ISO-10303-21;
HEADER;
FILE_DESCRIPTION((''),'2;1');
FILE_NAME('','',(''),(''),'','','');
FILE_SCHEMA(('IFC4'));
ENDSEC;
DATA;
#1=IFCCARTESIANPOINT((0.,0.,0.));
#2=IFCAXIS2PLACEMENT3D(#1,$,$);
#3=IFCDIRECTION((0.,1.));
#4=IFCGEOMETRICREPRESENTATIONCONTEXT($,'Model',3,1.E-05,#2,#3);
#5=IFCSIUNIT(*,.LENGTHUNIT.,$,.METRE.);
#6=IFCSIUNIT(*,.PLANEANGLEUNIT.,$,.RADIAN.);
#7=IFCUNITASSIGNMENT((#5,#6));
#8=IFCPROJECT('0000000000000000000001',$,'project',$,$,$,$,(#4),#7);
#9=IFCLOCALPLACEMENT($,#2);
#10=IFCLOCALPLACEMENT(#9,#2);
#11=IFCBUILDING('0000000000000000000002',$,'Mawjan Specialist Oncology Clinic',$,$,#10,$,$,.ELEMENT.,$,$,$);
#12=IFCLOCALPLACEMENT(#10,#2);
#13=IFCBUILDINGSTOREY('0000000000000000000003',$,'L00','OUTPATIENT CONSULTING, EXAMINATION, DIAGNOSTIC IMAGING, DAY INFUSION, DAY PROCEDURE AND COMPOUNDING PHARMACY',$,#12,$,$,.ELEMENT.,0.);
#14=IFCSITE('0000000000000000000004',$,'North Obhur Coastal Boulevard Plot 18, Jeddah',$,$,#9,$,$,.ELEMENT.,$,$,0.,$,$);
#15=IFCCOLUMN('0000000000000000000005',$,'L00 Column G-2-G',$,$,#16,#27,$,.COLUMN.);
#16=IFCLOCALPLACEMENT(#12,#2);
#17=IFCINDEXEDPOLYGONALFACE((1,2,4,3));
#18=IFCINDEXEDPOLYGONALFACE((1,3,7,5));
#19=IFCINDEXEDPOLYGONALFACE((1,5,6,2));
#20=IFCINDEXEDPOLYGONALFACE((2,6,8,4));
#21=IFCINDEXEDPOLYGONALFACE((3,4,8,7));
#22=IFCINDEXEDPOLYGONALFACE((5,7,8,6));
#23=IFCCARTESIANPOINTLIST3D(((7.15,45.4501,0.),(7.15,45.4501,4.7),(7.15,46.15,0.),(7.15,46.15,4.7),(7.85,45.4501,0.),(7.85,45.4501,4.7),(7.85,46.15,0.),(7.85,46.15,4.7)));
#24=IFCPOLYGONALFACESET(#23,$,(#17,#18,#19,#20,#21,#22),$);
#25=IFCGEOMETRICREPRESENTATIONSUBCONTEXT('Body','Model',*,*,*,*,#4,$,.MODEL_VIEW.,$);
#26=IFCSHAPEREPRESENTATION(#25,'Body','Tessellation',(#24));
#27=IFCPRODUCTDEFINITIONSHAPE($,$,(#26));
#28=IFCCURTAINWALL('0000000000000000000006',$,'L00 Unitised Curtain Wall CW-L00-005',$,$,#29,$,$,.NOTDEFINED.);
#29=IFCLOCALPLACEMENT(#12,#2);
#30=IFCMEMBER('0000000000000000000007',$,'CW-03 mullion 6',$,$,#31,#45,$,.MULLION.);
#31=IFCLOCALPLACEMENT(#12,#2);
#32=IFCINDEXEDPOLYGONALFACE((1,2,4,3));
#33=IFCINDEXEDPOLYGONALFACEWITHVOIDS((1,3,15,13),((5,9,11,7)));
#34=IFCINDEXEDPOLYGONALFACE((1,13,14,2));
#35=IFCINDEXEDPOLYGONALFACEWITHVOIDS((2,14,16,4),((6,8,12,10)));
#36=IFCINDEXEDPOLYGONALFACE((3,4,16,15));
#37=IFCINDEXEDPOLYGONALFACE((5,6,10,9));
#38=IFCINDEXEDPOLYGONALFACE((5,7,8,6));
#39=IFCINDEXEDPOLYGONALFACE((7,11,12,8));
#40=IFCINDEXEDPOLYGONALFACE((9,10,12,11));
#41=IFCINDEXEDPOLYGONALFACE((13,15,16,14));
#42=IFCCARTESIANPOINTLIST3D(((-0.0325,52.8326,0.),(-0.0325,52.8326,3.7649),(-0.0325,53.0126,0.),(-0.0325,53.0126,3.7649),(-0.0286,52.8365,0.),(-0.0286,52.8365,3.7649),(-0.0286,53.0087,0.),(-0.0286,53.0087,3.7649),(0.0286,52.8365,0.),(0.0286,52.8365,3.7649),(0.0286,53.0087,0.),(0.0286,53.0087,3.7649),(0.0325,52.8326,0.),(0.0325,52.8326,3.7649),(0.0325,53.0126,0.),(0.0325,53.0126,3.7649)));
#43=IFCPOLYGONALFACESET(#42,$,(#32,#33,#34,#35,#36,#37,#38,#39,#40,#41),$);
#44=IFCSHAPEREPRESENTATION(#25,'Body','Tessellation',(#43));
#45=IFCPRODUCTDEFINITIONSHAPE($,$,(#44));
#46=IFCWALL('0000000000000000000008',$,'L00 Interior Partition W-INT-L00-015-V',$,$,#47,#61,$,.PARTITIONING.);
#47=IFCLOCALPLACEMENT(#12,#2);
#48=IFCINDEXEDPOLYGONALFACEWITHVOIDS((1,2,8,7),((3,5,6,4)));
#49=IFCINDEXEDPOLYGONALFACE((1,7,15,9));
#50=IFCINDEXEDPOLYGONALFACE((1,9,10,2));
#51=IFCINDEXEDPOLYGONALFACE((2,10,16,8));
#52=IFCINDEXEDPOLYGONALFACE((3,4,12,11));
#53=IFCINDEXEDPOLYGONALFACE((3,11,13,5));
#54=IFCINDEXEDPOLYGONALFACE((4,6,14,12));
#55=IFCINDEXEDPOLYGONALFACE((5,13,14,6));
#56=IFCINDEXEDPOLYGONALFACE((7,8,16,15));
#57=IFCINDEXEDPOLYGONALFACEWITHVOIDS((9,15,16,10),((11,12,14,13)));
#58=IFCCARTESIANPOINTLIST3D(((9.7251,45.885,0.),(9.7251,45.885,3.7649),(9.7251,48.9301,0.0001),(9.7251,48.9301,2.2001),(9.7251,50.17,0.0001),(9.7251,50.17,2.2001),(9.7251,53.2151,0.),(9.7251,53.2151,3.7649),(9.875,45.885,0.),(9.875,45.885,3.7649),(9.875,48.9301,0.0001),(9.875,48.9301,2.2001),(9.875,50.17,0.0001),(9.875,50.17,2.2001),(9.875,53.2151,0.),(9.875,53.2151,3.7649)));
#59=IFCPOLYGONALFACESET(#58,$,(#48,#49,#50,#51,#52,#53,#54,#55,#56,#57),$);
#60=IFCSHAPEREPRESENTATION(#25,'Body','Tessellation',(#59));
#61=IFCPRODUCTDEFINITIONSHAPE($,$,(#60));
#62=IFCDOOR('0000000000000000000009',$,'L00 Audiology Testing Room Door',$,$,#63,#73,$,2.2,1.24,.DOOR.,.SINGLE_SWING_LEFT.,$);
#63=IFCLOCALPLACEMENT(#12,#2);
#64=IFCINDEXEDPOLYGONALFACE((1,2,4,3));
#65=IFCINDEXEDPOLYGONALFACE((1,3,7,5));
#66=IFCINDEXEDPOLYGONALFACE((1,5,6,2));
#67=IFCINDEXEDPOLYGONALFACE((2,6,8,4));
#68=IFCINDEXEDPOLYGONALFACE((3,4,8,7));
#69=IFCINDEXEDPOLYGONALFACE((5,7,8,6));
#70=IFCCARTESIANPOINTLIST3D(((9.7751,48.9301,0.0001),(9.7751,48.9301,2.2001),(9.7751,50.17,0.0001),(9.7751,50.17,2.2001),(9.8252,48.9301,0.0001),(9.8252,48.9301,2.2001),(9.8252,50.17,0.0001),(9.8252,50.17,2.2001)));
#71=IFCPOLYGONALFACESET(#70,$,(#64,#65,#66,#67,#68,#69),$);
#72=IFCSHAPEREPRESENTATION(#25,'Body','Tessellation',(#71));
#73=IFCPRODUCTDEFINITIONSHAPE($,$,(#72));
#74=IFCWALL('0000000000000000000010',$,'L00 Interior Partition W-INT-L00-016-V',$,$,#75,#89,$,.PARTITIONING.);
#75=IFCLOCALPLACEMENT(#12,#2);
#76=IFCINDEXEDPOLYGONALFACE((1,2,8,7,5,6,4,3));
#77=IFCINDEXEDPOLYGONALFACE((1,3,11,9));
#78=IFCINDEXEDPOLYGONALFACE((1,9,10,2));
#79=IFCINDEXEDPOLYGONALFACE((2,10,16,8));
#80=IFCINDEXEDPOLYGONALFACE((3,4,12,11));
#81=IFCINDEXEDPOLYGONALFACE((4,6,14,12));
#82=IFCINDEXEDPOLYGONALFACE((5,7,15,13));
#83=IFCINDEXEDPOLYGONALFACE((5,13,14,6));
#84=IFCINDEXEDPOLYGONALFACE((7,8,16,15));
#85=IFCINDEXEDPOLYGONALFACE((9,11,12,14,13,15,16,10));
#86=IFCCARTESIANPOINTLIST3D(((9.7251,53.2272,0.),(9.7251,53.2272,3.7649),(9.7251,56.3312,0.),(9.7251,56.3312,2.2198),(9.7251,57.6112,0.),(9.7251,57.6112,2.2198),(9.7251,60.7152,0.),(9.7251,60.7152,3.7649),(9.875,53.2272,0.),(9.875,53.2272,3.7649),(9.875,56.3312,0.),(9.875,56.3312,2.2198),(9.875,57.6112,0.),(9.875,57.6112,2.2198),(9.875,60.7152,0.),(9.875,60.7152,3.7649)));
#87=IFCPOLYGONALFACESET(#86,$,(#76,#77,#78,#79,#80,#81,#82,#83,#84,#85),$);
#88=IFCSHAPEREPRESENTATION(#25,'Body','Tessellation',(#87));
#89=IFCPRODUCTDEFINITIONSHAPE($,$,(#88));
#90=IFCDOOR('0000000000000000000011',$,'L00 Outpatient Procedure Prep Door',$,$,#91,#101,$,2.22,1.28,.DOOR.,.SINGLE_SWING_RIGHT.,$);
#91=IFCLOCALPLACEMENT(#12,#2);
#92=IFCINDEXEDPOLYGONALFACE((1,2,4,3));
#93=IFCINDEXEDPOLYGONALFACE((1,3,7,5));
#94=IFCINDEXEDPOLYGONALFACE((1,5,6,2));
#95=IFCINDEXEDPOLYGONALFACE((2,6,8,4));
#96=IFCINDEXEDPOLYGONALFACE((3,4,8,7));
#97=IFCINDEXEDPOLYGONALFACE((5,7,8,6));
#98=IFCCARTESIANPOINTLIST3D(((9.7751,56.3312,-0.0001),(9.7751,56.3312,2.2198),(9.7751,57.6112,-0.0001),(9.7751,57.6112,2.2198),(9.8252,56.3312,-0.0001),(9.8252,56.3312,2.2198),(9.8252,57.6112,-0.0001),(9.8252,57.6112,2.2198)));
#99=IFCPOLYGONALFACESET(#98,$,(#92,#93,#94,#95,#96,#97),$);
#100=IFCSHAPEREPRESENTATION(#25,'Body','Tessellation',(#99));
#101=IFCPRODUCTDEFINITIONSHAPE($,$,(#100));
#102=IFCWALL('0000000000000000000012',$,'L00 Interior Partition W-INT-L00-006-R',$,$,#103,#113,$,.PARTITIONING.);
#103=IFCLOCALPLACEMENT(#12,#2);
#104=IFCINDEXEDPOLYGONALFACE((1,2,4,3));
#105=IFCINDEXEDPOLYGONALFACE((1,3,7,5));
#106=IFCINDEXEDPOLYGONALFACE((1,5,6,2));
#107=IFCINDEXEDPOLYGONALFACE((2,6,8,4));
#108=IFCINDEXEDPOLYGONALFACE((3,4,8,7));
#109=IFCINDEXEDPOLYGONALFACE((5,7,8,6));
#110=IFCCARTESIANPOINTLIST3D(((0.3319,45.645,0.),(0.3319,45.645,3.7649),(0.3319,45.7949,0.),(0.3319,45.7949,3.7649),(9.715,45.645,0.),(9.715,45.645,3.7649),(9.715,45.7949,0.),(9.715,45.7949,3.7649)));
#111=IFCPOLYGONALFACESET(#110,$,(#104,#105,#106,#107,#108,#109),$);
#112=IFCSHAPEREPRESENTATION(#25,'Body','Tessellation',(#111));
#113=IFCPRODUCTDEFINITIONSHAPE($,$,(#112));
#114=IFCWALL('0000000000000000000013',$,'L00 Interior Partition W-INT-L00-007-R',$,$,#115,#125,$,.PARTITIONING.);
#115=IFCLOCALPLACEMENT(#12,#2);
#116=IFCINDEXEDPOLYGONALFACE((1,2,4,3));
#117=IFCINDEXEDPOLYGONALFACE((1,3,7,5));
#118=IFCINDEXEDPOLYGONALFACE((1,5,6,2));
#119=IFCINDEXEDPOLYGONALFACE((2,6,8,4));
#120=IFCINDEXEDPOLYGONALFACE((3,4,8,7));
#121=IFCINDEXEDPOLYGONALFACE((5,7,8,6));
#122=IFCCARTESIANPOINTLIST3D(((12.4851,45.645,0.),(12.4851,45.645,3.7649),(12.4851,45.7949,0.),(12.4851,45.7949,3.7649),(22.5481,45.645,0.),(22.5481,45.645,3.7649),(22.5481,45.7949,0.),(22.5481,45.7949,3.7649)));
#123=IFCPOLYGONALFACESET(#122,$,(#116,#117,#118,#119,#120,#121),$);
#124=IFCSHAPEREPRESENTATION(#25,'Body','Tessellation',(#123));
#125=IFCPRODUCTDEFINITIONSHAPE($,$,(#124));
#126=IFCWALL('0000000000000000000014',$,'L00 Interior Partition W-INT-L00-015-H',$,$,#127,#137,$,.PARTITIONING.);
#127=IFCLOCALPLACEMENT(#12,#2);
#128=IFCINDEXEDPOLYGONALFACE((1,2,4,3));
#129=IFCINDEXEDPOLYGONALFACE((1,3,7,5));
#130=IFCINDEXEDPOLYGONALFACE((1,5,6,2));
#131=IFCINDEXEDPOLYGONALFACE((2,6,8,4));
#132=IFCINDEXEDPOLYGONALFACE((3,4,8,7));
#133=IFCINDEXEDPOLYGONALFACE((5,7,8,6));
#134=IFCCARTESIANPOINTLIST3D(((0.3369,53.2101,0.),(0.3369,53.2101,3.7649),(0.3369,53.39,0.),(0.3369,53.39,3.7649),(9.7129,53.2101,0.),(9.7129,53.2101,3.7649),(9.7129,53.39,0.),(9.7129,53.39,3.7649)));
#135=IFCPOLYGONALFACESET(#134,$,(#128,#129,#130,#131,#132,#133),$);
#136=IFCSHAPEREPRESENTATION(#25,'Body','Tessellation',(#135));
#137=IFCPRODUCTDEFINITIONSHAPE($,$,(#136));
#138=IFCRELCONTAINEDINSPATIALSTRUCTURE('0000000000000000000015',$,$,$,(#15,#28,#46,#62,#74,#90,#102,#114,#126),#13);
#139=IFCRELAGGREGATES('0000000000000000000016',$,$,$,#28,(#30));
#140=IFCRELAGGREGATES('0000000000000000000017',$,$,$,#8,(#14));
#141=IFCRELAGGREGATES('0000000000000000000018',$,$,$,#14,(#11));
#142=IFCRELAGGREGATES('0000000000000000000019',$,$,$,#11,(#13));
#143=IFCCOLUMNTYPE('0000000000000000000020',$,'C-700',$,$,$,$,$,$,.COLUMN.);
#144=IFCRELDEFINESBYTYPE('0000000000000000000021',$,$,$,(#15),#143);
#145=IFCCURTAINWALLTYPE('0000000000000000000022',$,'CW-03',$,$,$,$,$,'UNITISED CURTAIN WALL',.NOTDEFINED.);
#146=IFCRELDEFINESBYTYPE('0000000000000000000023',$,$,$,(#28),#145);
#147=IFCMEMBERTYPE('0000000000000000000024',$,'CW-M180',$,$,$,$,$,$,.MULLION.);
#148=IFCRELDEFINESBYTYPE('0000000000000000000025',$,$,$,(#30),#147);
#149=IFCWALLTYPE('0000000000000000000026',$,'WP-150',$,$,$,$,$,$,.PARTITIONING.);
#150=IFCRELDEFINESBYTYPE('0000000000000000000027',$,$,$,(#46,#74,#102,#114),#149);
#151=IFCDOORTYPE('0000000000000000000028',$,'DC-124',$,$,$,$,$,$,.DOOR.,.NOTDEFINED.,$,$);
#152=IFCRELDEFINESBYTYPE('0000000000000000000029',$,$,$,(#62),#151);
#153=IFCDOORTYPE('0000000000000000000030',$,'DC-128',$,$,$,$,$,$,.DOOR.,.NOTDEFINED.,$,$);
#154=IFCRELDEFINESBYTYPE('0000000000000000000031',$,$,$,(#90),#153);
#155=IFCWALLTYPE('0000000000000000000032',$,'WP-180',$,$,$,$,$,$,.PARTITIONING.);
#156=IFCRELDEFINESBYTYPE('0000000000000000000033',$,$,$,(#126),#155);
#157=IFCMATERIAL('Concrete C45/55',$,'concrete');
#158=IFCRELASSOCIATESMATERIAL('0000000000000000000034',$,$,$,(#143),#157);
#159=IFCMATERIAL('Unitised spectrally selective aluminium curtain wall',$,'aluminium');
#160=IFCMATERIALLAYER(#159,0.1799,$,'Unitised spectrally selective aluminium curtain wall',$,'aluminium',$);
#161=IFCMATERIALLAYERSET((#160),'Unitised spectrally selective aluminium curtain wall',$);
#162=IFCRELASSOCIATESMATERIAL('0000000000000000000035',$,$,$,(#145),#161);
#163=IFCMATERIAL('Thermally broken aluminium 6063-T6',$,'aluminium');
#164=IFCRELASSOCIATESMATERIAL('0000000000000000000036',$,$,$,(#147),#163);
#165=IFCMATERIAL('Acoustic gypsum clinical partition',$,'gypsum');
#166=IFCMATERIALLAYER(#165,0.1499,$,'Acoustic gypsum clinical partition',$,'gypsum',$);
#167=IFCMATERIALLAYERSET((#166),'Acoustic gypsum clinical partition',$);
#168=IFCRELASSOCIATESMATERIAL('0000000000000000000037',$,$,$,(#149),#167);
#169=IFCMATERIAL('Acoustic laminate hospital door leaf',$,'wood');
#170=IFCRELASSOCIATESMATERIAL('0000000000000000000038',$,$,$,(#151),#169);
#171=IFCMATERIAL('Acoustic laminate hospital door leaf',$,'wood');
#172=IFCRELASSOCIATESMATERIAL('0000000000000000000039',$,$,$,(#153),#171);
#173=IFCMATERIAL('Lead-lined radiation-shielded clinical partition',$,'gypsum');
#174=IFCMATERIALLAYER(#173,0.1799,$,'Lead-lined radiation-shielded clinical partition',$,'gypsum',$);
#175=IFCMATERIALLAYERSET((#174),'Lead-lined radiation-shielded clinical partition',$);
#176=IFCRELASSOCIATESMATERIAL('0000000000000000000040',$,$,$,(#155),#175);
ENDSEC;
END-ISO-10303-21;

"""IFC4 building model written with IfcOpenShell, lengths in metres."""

from ifc_helpers import new_model, si_unit, direction, frame, frame_2d, origin, origin_2d, place, context, subcontext, project, spatial, rectangle, hollow_rectangle, extrude, material, layer, layer_set, material_profile, profile_set, type_object, element, fill, aggregate, save


model = new_model("IFC4")

# Units and contexts
model_context = context("Model", 3, precision=1e-05, world=origin(), true_north=direction((0.0, 1.0)))
body_context = subcontext(model_context, "Body", "Model", "MODEL_VIEW")
ifc_project = project(units=[si_unit("LENGTHUNIT", "METRE"), si_unit("PLANEANGLEUNIT", "RADIAN")], contexts=[model_context])

# Site, building, storey
site_placement = place(None, origin())
site = spatial("IfcSite", under=ifc_project, at=site_placement, Name="North Obhur Coastal Boulevard Plot 18, Jeddah", CompositionType="ELEMENT", RefElevation=0.0)
building_placement = place(site_placement, origin())
building = spatial("IfcBuilding", under=site, at=building_placement, Name="Mawjan Specialist Oncology Clinic", CompositionType="ELEMENT")
storey_placement = place(building_placement, origin())
storey = spatial("IfcBuildingStorey", under=building, at=storey_placement, Name="L00", Description="OUTPATIENT CONSULTING, EXAMINATION, DIAGNOSTIC IMAGING, DAY INFUSION, DAY PROCEDURE AND COMPOUNDING PHARMACY", CompositionType="ELEMENT", Elevation=0.0)

# Column
ifc_material_1 = material(Name="Concrete C45/55", Category="concrete")
ifc_material_profile_1 = material_profile(ifc_material_1, rectangle(XDim=0.7, YDim=0.7, at=origin_2d()), Name="RC COL 700x700", Category="concrete")
ifc_profile_set_1 = profile_set([ifc_material_profile_1], Name="Concrete C45/55")
column_type_1 = type_object("IfcColumnType", Name="C-700", PredefinedType="COLUMN", material=ifc_profile_set_1)
column_placement = place(storey_placement, frame((7.5, 45.8, 0.0), z_axis=(0.0, 0.0, 1.0), x_axis=(1.0, 0.0, 0.0)))
element("IfcColumn", 1, at=column_placement, inside=storey, type_object=column_type_1, Name="L00 Column G-2-G", PredefinedType="COLUMN", context=body_context, shape_type="SweptSolid", body=[
    extrude(rectangle(XDim=0.7, YDim=0.7, at=origin_2d()), origin(), (0.0, 0.0, 1.0), 4.7),
])

# Curtain wall, member
ifc_material_2 = material(Name="Unitised spectrally selective aluminium curtain wall", Category="aluminium")
ifc_layer_1 = layer(ifc_material_2, 0.1799, Name="Unitised spectrally selective aluminium curtain wall", Category="aluminium")
ifc_layer_set_1 = layer_set([ifc_layer_1], Name="Unitised spectrally selective aluminium curtain wall")
curtain_wall_type = type_object("IfcCurtainWallType", Name="CW-03", ElementType="UNITISED CURTAIN WALL", PredefinedType="NOTDEFINED", material=ifc_layer_set_1)
curtain_wall_placement = place(storey_placement, origin())
curtain_wall = element("IfcCurtainWall", 2, at=curtain_wall_placement, inside=storey, type_object=curtain_wall_type, Name="L00 Unitised Curtain Wall CW-L00-005", PredefinedType="NOTDEFINED")
ifc_material_3 = material(Name="Thermally broken aluminium 6063-T6", Category="aluminium")
ifc_material_profile_2 = material_profile(ifc_material_3, hollow_rectangle(XDim=0.0649, YDim=0.1799, WallThickness=0.0039, at=origin_2d()), Name="ALU MULLION 180x65x4", Category="aluminium")
ifc_profile_set_2 = profile_set([ifc_material_profile_2], Name="Thermally broken aluminium 6063-T6")
member_type = type_object("IfcMemberType", Name="CW-M180", PredefinedType="MULLION", material=ifc_profile_set_2)
member_placement = place(storey_placement, frame((0.0, 52.9226, 0.0), z_axis=(0.0, 0.0, 1.0), x_axis=(-1.0, 0.0, 0.0)))
member = element("IfcMember", 3, at=member_placement, type_object=member_type, Name="CW-03 mullion 6", PredefinedType="MULLION", context=body_context, shape_type="SweptSolid", body=[
    extrude(hollow_rectangle(XDim=0.0649, YDim=0.1799, WallThickness=0.0039, at=origin_2d()), origin(), (0.0, 0.0, 1.0), 3.7649),
])
aggregate(curtain_wall, [member])

# Walls, openings, doors
ifc_material_4 = material(Name="Acoustic gypsum clinical partition", Category="gypsum")
ifc_layer_2 = layer(ifc_material_4, 0.1499, Name="Acoustic gypsum clinical partition", Category="gypsum")
ifc_layer_set_2 = layer_set([ifc_layer_2], Name="Acoustic gypsum clinical partition")
wall_type_1 = type_object("IfcWallType", Name="WP-150", PredefinedType="PARTITIONING", material=ifc_layer_set_2)
wall_1_placement = place(storey_placement, frame((9.8, 45.885, 0.0), z_axis=(0.0, 0.0, 1.0), x_axis=(0.0, 1.0, 0.0)))
wall_1 = element("IfcWall", 4, at=wall_1_placement, inside=storey, type_object=wall_type_1, Name="L00 Interior Partition W-INT-L00-015-V", PredefinedType="PARTITIONING", context=body_context, shape_type="SweptSolid", body=[
    extrude(rectangle(XDim=7.3301, YDim=0.1499, at=frame_2d((3.665, 0.0))), origin(), (0.0, 0.0, 1.0), 3.7649),
])
opening_1_placement = place(wall_1_placement, frame((3.0449, 0.0, 0.0)))
opening_1 = element("IfcOpeningElement", 5, at=opening_1_placement, cuts=wall_1, PredefinedType="OPENING", context=body_context, shape_type="SweptSolid", body=[
    extrude(rectangle(XDim=1.24, YDim=2.2, at=frame_2d((0.6201, 1.1001))), frame((0.0, 0.0869, 0.0), z_axis=(0.0, -1.0, 0.0), x_axis=(1.0, 0.0, 0.0)), (0.0, 0.0, 1.0), 0.1738),
])
ifc_material_5 = material(Name="Acoustic laminate hospital door leaf", Category="wood")
door_type_1 = type_object("IfcDoorType", Name="DC-124", OperationType="NOTDEFINED", PredefinedType="DOOR", material=ifc_material_5)
door_1_placement = place(opening_1_placement, origin())
door_1 = element("IfcDoor", 6, at=door_1_placement, inside=storey, type_object=door_type_1, Name="L00 Audiology Testing Room Door", OperationType="SINGLE_SWING_LEFT", OverallHeight=2.2, OverallWidth=1.24, PredefinedType="DOOR", context=body_context, shape_type="SweptSolid", body=[
    extrude(rectangle(XDim=1.24, YDim=2.2, at=frame_2d((0.6201, 1.1001))), frame((0.0, 0.0249, 0.0), z_axis=(0.0, -1.0, 0.0), x_axis=(1.0, 0.0, 0.0)), (0.0, 0.0, 1.0), 0.05),
])
fill(opening_1, door_1)
wall_2_placement = place(storey_placement, frame((9.8, 53.2271, 0.0), z_axis=(0.0, 0.0, 1.0), x_axis=(0.0, 1.0, 0.0)))
wall_2 = element("IfcWall", 7, at=wall_2_placement, inside=storey, type_object=wall_type_1, Name="L00 Interior Partition W-INT-L00-016-V", PredefinedType="PARTITIONING", context=body_context, shape_type="SweptSolid", body=[
    extrude(rectangle(XDim=7.488, YDim=0.1499, at=frame_2d((3.7441, 0.0))), origin(), (0.0, 0.0, 1.0), 3.7649),
])
opening_2_placement = place(wall_2_placement, frame((3.104, 0.0, 0.0)))
opening_2 = element("IfcOpeningElement", 8, at=opening_2_placement, cuts=wall_2, PredefinedType="OPENING", context=body_context, shape_type="SweptSolid", body=[
    extrude(rectangle(XDim=1.28, YDim=2.22, at=frame_2d((0.6401, 1.1099))), frame((0.0, 0.0869, 0.0), z_axis=(0.0, -1.0, 0.0), x_axis=(1.0, 0.0, 0.0)), (0.0, 0.0, 1.0), 0.1738),
])
ifc_material_6 = material(Name="Acoustic laminate hospital door leaf", Category="wood")
door_type_2 = type_object("IfcDoorType", Name="DC-128", OperationType="NOTDEFINED", PredefinedType="DOOR", material=ifc_material_6)
door_2_placement = place(opening_2_placement, origin())
door_2 = element("IfcDoor", 9, at=door_2_placement, inside=storey, type_object=door_type_2, Name="L00 Outpatient Procedure Prep Door", OperationType="SINGLE_SWING_RIGHT", OverallHeight=2.22, OverallWidth=1.28, PredefinedType="DOOR", context=body_context, shape_type="SweptSolid", body=[
    extrude(rectangle(XDim=1.28, YDim=2.22, at=frame_2d((0.6401, 1.1099))), frame((0.0, 0.0249, 0.0), z_axis=(0.0, -1.0, 0.0), x_axis=(1.0, 0.0, 0.0)), (0.0, 0.0, 1.0), 0.05),
])
fill(opening_2, door_2)

# Walls
wall_3_placement = place(storey_placement, frame((0.332, 45.72, 0.0), z_axis=(0.0, 0.0, 1.0), x_axis=(1.0, 0.0, 0.0)))
element("IfcWall", 10, at=wall_3_placement, inside=storey, type_object=wall_type_1, Name="L00 Interior Partition W-INT-L00-006-R", PredefinedType="PARTITIONING", context=body_context, shape_type="SweptSolid", body=[
    extrude(rectangle(XDim=9.3831, YDim=0.1499, at=frame_2d((4.6914, 0.0))), origin(), (0.0, 0.0, 1.0), 3.7649),
])
wall_4_placement = place(storey_placement, frame((12.4851, 45.72, 0.0), z_axis=(0.0, 0.0, 1.0), x_axis=(1.0, 0.0, 0.0)))
element("IfcWall", 11, at=wall_4_placement, inside=storey, type_object=wall_type_1, Name="L00 Interior Partition W-INT-L00-007-R", PredefinedType="PARTITIONING", context=body_context, shape_type="SweptSolid", body=[
    extrude(rectangle(XDim=10.063, YDim=0.1499, at=frame_2d((5.0315, 0.0))), origin(), (0.0, 0.0, 1.0), 3.7649),
])
ifc_material_7 = material(Name="Lead-lined radiation-shielded clinical partition", Category="gypsum")
ifc_layer_3 = layer(ifc_material_7, 0.1799, Name="Lead-lined radiation-shielded clinical partition", Category="gypsum")
ifc_layer_set_3 = layer_set([ifc_layer_3], Name="Lead-lined radiation-shielded clinical partition")
wall_type_2 = type_object("IfcWallType", Name="WP-180", PredefinedType="PARTITIONING", material=ifc_layer_set_3)
wall_5_placement = place(storey_placement, frame((0.3369, 53.3, 0.0), z_axis=(0.0, 0.0, 1.0), x_axis=(1.0, 0.0, 0.0)))
element("IfcWall", 12, at=wall_5_placement, inside=storey, type_object=wall_type_2, Name="L00 Interior Partition W-INT-L00-015-H", PredefinedType="PARTITIONING", context=body_context, shape_type="SweptSolid", body=[
    extrude(rectangle(XDim=9.376, YDim=0.1799, at=frame_2d((4.688, 0.0))), origin(), (0.0, 0.0, 1.0), 3.7649),
])

save(model, "model.ifc")
